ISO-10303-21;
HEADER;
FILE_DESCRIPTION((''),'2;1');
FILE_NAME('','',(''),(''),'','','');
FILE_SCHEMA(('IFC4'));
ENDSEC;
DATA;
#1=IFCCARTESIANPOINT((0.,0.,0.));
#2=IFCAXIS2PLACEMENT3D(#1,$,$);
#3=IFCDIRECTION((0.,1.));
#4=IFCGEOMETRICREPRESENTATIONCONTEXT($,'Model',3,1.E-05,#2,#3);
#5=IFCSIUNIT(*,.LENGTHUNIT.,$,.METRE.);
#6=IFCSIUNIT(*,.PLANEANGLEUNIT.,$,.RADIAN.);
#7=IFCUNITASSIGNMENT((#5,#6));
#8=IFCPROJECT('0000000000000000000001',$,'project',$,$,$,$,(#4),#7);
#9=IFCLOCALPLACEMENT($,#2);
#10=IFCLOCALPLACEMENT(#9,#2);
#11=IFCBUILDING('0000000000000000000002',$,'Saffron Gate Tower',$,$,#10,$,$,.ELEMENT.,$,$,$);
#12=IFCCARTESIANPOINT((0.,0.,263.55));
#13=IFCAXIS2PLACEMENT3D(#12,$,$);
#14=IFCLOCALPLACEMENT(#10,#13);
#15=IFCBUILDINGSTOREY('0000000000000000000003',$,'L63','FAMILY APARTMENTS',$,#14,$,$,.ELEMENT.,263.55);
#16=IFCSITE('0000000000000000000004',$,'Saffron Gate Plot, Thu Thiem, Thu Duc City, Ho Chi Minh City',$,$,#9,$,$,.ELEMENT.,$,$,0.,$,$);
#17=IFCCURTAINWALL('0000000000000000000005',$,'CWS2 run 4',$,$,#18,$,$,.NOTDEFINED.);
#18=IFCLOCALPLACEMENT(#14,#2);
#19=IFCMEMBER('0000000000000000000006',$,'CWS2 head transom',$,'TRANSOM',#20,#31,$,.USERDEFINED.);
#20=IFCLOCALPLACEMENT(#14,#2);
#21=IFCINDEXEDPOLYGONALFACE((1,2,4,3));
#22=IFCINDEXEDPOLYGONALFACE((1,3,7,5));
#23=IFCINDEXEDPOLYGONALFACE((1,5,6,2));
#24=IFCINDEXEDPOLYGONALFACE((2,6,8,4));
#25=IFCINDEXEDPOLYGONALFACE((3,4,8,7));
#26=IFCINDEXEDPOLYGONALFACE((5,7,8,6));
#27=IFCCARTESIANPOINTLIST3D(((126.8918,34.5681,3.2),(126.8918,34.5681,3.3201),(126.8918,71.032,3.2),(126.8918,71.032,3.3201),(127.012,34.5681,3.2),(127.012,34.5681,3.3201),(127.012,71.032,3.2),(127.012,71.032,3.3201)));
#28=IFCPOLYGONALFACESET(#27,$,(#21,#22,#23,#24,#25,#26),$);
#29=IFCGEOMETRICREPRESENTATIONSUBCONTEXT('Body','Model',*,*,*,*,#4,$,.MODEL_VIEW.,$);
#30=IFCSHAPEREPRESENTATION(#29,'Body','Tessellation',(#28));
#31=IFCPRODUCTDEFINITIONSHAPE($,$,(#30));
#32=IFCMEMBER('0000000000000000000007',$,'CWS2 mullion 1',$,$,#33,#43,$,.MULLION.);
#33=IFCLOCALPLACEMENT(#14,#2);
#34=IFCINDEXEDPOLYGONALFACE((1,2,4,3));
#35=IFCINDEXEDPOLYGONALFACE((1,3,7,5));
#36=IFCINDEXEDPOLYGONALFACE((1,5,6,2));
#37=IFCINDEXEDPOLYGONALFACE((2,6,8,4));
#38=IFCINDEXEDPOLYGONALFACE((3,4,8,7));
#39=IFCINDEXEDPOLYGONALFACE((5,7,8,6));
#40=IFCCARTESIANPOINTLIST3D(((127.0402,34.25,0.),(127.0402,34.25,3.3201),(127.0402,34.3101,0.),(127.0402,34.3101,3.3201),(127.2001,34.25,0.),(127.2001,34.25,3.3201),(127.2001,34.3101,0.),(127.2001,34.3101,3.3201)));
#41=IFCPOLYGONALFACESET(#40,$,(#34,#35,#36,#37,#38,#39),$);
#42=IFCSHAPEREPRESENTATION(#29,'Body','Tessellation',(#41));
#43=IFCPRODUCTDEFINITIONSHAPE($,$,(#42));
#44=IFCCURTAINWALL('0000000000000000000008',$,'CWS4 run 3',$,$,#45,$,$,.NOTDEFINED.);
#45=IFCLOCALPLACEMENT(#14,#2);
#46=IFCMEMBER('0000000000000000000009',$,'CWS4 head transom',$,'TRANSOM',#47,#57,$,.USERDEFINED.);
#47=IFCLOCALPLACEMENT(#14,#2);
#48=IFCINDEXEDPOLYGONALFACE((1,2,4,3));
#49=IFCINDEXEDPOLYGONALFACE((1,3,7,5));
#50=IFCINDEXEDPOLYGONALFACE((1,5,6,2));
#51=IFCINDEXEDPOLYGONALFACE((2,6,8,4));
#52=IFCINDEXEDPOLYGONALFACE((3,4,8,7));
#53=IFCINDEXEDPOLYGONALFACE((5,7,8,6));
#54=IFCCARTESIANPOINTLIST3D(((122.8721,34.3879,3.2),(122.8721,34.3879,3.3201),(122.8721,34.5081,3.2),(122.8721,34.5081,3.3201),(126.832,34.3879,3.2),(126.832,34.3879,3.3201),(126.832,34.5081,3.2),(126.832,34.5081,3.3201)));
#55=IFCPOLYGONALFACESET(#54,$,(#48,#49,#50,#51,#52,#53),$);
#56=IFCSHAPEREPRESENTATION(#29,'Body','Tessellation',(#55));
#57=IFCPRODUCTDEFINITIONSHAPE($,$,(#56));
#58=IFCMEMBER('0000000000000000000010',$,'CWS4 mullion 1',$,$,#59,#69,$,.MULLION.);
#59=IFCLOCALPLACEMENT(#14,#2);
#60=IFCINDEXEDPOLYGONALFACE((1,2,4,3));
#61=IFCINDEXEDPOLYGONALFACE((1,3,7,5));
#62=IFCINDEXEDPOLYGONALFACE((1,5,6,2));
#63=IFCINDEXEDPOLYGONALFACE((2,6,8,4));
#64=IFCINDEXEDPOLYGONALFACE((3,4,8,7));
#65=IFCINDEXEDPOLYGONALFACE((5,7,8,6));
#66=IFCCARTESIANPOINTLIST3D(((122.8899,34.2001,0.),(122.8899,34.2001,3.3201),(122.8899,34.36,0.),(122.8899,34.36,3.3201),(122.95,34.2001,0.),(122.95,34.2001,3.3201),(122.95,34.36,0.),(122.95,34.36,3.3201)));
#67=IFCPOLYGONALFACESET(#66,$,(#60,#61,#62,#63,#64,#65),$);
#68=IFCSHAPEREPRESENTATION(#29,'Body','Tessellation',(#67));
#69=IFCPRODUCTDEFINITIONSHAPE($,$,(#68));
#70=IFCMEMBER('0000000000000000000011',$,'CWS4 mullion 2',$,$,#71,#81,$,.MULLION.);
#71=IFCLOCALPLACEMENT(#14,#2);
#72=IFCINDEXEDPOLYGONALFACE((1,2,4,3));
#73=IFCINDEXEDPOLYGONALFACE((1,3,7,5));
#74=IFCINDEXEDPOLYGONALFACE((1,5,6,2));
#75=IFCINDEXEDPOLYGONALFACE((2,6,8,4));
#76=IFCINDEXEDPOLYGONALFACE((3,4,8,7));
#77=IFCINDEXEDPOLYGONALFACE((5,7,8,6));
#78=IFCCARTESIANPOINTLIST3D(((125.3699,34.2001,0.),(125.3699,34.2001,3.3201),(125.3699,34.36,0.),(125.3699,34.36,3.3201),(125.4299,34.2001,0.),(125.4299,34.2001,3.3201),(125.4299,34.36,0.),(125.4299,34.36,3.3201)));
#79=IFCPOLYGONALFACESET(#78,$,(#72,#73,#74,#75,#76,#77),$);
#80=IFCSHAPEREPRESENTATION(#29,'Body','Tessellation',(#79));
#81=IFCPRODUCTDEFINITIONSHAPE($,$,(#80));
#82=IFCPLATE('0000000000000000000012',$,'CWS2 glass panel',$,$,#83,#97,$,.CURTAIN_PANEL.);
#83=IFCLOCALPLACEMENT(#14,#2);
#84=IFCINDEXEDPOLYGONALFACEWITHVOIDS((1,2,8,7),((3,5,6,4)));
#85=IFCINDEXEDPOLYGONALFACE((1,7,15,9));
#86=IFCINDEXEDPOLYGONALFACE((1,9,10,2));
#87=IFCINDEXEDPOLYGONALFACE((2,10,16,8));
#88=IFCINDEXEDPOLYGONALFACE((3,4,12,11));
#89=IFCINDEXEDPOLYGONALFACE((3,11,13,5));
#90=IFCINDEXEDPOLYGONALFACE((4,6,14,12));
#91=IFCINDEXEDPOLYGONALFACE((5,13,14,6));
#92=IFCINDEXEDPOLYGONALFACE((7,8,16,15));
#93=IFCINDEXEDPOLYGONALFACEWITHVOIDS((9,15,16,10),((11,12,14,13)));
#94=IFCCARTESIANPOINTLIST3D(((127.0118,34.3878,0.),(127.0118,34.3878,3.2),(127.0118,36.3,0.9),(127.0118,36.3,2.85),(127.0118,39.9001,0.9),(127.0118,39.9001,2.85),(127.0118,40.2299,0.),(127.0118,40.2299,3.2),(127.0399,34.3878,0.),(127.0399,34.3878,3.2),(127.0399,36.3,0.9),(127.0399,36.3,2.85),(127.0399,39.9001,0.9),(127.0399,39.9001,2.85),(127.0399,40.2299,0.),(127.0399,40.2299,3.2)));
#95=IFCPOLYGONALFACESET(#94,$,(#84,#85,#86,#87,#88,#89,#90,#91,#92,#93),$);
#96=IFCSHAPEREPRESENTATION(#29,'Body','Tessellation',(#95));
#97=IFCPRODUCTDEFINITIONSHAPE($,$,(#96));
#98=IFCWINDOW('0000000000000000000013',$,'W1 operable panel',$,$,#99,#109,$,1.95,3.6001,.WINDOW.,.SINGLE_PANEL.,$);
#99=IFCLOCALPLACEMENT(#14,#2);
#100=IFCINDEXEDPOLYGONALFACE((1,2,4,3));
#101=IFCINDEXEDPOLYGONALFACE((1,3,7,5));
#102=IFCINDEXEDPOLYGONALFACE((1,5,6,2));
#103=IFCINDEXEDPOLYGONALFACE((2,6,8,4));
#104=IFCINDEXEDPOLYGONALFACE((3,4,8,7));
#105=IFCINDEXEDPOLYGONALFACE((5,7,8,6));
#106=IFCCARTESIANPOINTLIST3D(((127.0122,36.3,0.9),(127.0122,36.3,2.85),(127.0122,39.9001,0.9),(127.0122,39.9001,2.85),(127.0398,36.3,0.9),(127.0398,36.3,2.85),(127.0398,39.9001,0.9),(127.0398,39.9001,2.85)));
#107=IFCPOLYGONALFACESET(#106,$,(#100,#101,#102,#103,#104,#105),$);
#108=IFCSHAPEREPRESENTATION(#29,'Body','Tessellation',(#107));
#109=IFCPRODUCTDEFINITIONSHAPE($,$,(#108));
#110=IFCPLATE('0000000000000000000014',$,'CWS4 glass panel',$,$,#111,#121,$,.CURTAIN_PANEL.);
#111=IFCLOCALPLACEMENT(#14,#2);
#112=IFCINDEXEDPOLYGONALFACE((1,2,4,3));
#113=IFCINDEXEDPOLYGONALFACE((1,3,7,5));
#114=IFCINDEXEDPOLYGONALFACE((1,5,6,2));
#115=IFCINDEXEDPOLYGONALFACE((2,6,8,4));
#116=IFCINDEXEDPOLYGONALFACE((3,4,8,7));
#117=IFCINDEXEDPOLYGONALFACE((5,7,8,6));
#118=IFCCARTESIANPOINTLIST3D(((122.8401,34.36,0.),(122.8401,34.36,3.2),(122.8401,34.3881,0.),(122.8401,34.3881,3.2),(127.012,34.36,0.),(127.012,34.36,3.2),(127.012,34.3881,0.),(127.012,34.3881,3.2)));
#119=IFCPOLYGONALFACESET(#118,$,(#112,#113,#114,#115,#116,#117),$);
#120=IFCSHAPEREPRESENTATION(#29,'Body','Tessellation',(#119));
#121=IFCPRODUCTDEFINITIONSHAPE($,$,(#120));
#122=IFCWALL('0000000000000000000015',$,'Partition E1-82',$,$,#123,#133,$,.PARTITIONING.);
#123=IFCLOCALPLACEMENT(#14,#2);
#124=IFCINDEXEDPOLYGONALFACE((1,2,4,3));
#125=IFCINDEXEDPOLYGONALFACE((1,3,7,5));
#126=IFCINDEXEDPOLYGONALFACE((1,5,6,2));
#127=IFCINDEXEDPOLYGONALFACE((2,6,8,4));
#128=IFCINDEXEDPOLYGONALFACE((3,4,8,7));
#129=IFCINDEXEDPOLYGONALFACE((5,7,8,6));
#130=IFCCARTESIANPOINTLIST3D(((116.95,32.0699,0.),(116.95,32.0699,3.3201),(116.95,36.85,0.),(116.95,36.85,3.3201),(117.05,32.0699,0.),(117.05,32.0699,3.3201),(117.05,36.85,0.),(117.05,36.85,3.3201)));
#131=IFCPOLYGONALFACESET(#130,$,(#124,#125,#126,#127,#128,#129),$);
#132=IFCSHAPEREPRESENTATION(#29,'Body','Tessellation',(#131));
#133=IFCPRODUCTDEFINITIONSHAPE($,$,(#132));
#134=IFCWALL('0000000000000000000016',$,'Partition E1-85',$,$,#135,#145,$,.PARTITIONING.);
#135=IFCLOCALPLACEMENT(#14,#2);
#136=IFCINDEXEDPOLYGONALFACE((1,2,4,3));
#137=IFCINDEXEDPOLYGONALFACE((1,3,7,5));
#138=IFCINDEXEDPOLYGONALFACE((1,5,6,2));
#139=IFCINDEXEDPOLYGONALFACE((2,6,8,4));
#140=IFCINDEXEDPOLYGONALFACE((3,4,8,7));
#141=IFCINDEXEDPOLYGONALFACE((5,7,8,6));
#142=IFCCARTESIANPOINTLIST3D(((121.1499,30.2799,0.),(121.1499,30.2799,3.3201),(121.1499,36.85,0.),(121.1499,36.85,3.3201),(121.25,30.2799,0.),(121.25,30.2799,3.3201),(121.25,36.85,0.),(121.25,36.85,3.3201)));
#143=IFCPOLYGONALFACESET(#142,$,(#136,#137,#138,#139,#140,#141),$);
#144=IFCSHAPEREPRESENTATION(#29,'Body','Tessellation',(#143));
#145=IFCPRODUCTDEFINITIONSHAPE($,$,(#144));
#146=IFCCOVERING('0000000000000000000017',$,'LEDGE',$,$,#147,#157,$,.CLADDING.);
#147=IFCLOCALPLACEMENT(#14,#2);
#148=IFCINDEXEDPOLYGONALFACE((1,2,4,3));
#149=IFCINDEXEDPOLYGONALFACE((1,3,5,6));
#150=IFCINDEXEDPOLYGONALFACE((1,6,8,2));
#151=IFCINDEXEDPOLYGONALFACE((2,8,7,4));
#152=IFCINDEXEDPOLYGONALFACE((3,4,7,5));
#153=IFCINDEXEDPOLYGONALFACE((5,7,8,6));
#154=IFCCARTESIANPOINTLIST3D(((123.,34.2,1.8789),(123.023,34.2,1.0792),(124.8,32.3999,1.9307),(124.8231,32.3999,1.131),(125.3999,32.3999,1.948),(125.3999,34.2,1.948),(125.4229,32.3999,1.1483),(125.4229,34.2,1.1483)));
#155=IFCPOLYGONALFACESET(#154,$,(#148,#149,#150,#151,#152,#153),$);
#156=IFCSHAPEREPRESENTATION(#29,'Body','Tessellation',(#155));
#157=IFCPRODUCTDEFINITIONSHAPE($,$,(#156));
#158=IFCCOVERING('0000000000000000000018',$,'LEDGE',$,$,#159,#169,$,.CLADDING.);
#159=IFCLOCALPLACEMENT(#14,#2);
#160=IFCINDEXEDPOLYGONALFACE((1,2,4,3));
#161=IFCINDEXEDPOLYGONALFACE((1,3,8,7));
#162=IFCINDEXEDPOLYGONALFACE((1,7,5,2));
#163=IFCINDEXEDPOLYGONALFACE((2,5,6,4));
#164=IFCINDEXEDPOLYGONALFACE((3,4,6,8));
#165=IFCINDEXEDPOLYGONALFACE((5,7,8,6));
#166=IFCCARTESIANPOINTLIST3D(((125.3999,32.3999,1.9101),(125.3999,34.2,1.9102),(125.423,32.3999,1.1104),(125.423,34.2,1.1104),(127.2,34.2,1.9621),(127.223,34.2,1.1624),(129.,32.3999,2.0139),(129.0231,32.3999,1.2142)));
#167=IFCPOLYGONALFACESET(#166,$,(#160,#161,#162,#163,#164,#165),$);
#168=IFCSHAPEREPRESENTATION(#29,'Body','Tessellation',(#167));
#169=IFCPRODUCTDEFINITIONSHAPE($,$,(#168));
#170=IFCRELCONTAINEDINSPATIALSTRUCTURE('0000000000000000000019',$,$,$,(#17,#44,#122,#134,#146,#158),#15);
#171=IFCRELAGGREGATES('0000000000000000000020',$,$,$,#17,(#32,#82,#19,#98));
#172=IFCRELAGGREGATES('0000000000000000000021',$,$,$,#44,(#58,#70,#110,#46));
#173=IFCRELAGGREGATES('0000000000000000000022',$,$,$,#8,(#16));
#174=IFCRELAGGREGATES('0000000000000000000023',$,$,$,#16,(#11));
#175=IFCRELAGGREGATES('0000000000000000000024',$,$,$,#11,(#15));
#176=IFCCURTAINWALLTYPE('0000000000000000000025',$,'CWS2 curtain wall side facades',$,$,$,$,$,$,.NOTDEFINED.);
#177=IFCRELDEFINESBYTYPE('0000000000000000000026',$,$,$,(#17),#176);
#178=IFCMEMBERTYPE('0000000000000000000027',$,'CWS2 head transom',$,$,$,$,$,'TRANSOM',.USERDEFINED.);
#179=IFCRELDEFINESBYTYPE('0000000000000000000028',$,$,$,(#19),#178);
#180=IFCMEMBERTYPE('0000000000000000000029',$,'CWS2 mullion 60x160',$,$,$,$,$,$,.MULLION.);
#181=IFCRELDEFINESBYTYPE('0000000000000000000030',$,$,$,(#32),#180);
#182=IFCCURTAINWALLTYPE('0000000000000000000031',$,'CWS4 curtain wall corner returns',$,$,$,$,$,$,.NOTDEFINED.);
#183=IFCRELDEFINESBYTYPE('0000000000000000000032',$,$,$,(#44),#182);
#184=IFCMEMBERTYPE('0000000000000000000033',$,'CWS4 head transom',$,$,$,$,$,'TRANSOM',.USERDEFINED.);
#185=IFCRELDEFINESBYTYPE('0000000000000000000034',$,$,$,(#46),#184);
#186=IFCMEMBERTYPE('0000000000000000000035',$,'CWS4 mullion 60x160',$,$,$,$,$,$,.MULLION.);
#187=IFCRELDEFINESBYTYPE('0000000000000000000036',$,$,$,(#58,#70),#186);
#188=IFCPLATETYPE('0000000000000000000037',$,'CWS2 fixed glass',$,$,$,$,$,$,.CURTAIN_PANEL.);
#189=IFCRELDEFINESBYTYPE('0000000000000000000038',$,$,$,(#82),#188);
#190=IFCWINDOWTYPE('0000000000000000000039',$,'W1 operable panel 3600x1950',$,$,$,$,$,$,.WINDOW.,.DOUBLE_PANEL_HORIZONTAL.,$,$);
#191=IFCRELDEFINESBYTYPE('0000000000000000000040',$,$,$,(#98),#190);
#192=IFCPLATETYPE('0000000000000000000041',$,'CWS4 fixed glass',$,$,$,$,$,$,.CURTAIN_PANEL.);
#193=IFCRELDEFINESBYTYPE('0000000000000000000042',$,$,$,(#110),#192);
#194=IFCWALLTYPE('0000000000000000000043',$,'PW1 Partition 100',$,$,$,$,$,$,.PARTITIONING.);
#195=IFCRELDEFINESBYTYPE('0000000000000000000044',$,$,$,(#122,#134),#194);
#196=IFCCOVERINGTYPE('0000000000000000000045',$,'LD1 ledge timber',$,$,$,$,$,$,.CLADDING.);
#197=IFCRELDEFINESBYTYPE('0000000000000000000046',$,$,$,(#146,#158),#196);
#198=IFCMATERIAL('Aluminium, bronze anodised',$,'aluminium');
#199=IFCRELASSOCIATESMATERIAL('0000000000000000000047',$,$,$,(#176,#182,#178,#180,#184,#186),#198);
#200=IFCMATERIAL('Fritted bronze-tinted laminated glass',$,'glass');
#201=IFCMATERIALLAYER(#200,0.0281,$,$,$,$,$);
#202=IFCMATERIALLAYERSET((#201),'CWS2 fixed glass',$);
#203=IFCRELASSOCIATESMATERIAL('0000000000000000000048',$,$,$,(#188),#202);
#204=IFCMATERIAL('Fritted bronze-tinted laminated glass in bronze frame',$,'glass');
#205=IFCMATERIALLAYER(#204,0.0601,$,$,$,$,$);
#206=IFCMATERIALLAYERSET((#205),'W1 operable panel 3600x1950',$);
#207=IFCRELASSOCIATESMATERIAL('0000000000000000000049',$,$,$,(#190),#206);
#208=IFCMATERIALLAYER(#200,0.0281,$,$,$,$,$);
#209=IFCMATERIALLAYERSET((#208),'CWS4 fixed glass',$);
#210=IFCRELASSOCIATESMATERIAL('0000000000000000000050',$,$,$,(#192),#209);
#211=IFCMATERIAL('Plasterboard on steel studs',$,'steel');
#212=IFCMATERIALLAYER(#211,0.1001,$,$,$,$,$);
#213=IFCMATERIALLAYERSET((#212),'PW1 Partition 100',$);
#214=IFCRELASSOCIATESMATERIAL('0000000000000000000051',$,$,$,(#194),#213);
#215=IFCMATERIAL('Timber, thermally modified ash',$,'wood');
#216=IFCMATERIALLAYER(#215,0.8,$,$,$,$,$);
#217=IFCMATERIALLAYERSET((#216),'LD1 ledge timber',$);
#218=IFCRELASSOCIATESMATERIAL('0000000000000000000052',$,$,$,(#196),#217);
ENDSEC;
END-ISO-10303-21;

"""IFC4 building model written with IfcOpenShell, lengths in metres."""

from ifc_helpers import new_model, si_unit, direction, frame, frame_2d, origin, origin_2d, place, context, subcontext, project, spatial, polyline, rectangle, outline, extrude, material, layer, layer_set, material_profile, profile_set, type_object, element, fill, aggregate, save


model = new_model("IFC4")

# Units and contexts
model_context = context("Model", 3, precision=1e-05, world=origin(), true_north=direction((0.0, 1.0)))
body_context = subcontext(model_context, "Body", "Model", "MODEL_VIEW")
ifc_project = project(units=[si_unit("LENGTHUNIT", "METRE"), si_unit("PLANEANGLEUNIT", "RADIAN")], contexts=[model_context])

# Site, building, storey
site_placement = place(None, origin())
site = spatial("IfcSite", under=ifc_project, at=site_placement, Name="Saffron Gate Plot, Thu Thiem, Thu Duc City, Ho Chi Minh City", CompositionType="ELEMENT", RefElevation=0.0)
building_placement = place(site_placement, origin())
building = spatial("IfcBuilding", under=site, at=building_placement, Name="Saffron Gate Tower", CompositionType="ELEMENT")
storey_placement = place(building_placement, frame((0.0, 0.0, 263.55)))
storey = spatial("IfcBuildingStorey", under=building, at=storey_placement, Name="L63", Description="FAMILY APARTMENTS", CompositionType="ELEMENT", Elevation=263.55)

# Curtain walls, members
ifc_material_1 = material(Name="Aluminium, bronze anodised", Category="aluminium")
curtain_wall_type_1 = type_object("IfcCurtainWallType", Name="CWS2 curtain wall side facades", PredefinedType="NOTDEFINED", material=ifc_material_1)
curtain_wall_1_placement = place(storey_placement, origin())
curtain_wall_1 = element("IfcCurtainWall", 1, at=curtain_wall_1_placement, inside=storey, type_object=curtain_wall_type_1, Name="CWS2 run 4", PredefinedType="NOTDEFINED")
ifc_material_profile_1 = material_profile(ifc_material_1, rectangle(XDim=0.1201, YDim=0.1201, at=origin_2d()))
ifc_profile_set_1 = profile_set([ifc_material_profile_1], Name="Aluminium, bronze anodised")
member_type_1 = type_object("IfcMemberType", Name="CWS2 head transom", ElementType="TRANSOM", PredefinedType="USERDEFINED", material=ifc_profile_set_1)
member_1_placement = place(storey_placement, frame((126.9519, 34.5681, 3.26), z_axis=(0.0, 1.0, 0.0), x_axis=(-1.0, 0.0, 0.0)))
member_1 = element("IfcMember", 2, at=member_1_placement, type_object=member_type_1, Name="CWS2 head transom", ObjectType="TRANSOM", PredefinedType="USERDEFINED", context=body_context, shape_type="SweptSolid", body=[
    extrude(rectangle(XDim=0.1201, YDim=0.1201, at=origin_2d()), origin(), (0.0, 0.0, 1.0), 36.4639),
])
ifc_material_profile_2 = material_profile(ifc_material_1, rectangle(XDim=0.1599, YDim=0.0601, at=origin_2d()))
ifc_profile_set_2 = profile_set([ifc_material_profile_2], Name="Aluminium, bronze anodised")
member_type_2 = type_object("IfcMemberType", Name="CWS2 mullion 60x160", PredefinedType="MULLION", material=ifc_profile_set_2)
member_2_placement = place(storey_placement, frame((127.1201, 34.28, 0.0), z_axis=(0.0, 0.0, 1.0), x_axis=(-1.0, 0.0, 0.0)))
member_2 = element("IfcMember", 3, at=member_2_placement, type_object=member_type_2, Name="CWS2 mullion 1", PredefinedType="MULLION", context=body_context, shape_type="SweptSolid", body=[
    extrude(rectangle(XDim=0.1599, YDim=0.0601, at=origin_2d()), origin(), (0.0, 0.0, 1.0), 3.3201),
])
curtain_wall_type_2 = type_object("IfcCurtainWallType", Name="CWS4 curtain wall corner returns", PredefinedType="NOTDEFINED", material=ifc_material_1)
curtain_wall_2_placement = place(storey_placement, origin())
curtain_wall_2 = element("IfcCurtainWall", 4, at=curtain_wall_2_placement, inside=storey, type_object=curtain_wall_type_2, Name="CWS4 run 3", PredefinedType="NOTDEFINED")
ifc_material_profile_3 = material_profile(ifc_material_1, rectangle(XDim=0.1201, YDim=0.1201, at=origin_2d()))
ifc_profile_set_3 = profile_set([ifc_material_profile_3], Name="Aluminium, bronze anodised")
member_type_3 = type_object("IfcMemberType", Name="CWS4 head transom", ElementType="TRANSOM", PredefinedType="USERDEFINED", material=ifc_profile_set_3)
member_3_placement = place(storey_placement, frame((122.8721, 34.448, 3.26), z_axis=(1.0, 0.0, 0.0), x_axis=(0.0, 1.0, 0.0)))
member_3 = element("IfcMember", 5, at=member_3_placement, type_object=member_type_3, Name="CWS4 head transom", ObjectType="TRANSOM", PredefinedType="USERDEFINED", context=body_context, shape_type="SweptSolid", body=[
    extrude(rectangle(XDim=0.1201, YDim=0.1201, at=origin_2d()), origin(), (0.0, 0.0, 1.0), 3.96),
])
ifc_material_profile_4 = material_profile(ifc_material_1, rectangle(XDim=0.1599, YDim=0.0601, at=origin_2d()))
ifc_profile_set_4 = profile_set([ifc_material_profile_4], Name="Aluminium, bronze anodised")
member_type_4 = type_object("IfcMemberType", Name="CWS4 mullion 60x160", PredefinedType="MULLION", material=ifc_profile_set_4)
member_4_placement = place(storey_placement, frame((122.9199, 34.28, 0.0), z_axis=(0.0, 0.0, 1.0), x_axis=(0.0, 1.0, 0.0)))
member_4 = element("IfcMember", 6, at=member_4_placement, type_object=member_type_4, Name="CWS4 mullion 1", PredefinedType="MULLION", context=body_context, shape_type="SweptSolid", body=[
    extrude(rectangle(XDim=0.1599, YDim=0.0601, at=origin_2d()), origin(), (0.0, 0.0, 1.0), 3.3201),
])
member_5_placement = place(storey_placement, frame((125.3999, 34.28, 0.0), z_axis=(0.0, 0.0, 1.0), x_axis=(0.0, 1.0, 0.0)))
member_5 = element("IfcMember", 7, at=member_5_placement, type_object=member_type_4, Name="CWS4 mullion 2", PredefinedType="MULLION", context=body_context, shape_type="SweptSolid", body=[
    extrude(rectangle(XDim=0.1599, YDim=0.0601, at=origin_2d()), origin(), (0.0, 0.0, 1.0), 3.3201),
])

# Plate, opening, window
ifc_material_2 = material(Name="Fritted bronze-tinted laminated glass", Category="glass")
ifc_layer_1 = layer(ifc_material_2, 0.0281)
ifc_layer_set_1 = layer_set([ifc_layer_1], Name="CWS2 fixed glass")
plate_type_1 = type_object("IfcPlateType", Name="CWS2 fixed glass", PredefinedType="CURTAIN_PANEL", material=ifc_layer_set_1)
plate_1_placement = place(storey_placement, frame((127.0259, 34.3879, 0.0), z_axis=(0.0, 0.0, 1.0), x_axis=(0.0, 1.0, 0.0)))
plate_1 = element("IfcPlate", 8, at=plate_1_placement, type_object=plate_type_1, Name="CWS2 glass panel", PredefinedType="CURTAIN_PANEL", context=body_context, shape_type="SweptSolid", body=[
    extrude(rectangle(XDim=5.842, YDim=0.0281, at=frame_2d((2.9209, 0.0))), origin(), (0.0, 0.0, 1.0), 3.2),
])
opening_placement = place(plate_1_placement, frame((1.9121, 0.0, 0.8999)))
opening = element("IfcOpeningElement", 9, at=opening_placement, cuts=plate_1, PredefinedType="OPENING", context=body_context, shape_type="SweptSolid", body=[
    extrude(rectangle(XDim=3.6001, YDim=1.95, at=frame_2d((1.8, 0.9751))), frame((0.0, 0.0239, 0.0), z_axis=(0.0, -1.0, 0.0), x_axis=(1.0, 0.0, 0.0)), (0.0, 0.0, 1.0), 0.0481),
])
ifc_material_3 = material(Name="Fritted bronze-tinted laminated glass in bronze frame", Category="glass")
ifc_layer_2 = layer(ifc_material_3, 0.0601)
ifc_layer_set_2 = layer_set([ifc_layer_2], Name="W1 operable panel 3600x1950")
window_type = type_object("IfcWindowType", Name="W1 operable panel 3600x1950", PartitioningType="DOUBLE_PANEL_HORIZONTAL", PredefinedType="WINDOW", material=ifc_layer_set_2)
window_placement = place(opening_placement, origin())
window = element("IfcWindow", 10, at=window_placement, type_object=window_type, Name="W1 operable panel", OverallHeight=1.95, OverallWidth=3.6001, PartitioningType="SINGLE_PANEL", PredefinedType="WINDOW", context=body_context, shape_type="SweptSolid", body=[
    extrude(rectangle(XDim=3.6001, YDim=1.95, at=frame_2d((1.8, 0.9751))), frame((0.0, 0.0137, 0.0), z_axis=(0.0, -1.0, 0.0), x_axis=(1.0, 0.0, 0.0)), (0.0, 0.0, 1.0), 0.0276),
])
fill(opening, window)
aggregate(curtain_wall_1, [member_2, plate_1, member_1, window])

# Plate
ifc_layer_3 = layer(ifc_material_2, 0.0281)
ifc_layer_set_3 = layer_set([ifc_layer_3], Name="CWS4 fixed glass")
plate_type_2 = type_object("IfcPlateType", Name="CWS4 fixed glass", PredefinedType="CURTAIN_PANEL", material=ifc_layer_set_3)
plate_2_placement = place(storey_placement, frame((122.8401, 34.374, 0.0), z_axis=(0.0, 0.0, 1.0), x_axis=(1.0, 0.0, 0.0)))
plate_2 = element("IfcPlate", 11, at=plate_2_placement, type_object=plate_type_2, Name="CWS4 glass panel", PredefinedType="CURTAIN_PANEL", context=body_context, shape_type="SweptSolid", body=[
    extrude(rectangle(XDim=4.1719, YDim=0.0281, at=frame_2d((2.0859, 0.0))), origin(), (0.0, 0.0, 1.0), 3.2),
])
aggregate(curtain_wall_2, [member_4, member_5, plate_2, member_3])

# Walls
ifc_material_4 = material(Name="Plasterboard on steel studs", Category="steel")
ifc_layer_4 = layer(ifc_material_4, 0.1001)
ifc_layer_set_4 = layer_set([ifc_layer_4], Name="PW1 Partition 100")
wall_type = type_object("IfcWallType", Name="PW1 Partition 100", PredefinedType="PARTITIONING", material=ifc_layer_set_4)
wall_1_placement = place(storey_placement, frame((117.0, 36.8501, 0.0), z_axis=(0.0, 0.0, 1.0), x_axis=(0.0, -1.0, 0.0)))
element("IfcWall", 12, at=wall_1_placement, inside=storey, type_object=wall_type, Name="Partition E1-82", PredefinedType="PARTITIONING", context=body_context, shape_type="SweptSolid", body=[
    extrude(rectangle(XDim=4.78, YDim=0.1001, at=frame_2d((2.3901, 0.0))), origin(), (0.0, 0.0, 1.0), 3.3201),
])
wall_2_placement = place(storey_placement, frame((121.2, 36.8501, 0.0), z_axis=(0.0, 0.0, 1.0), x_axis=(0.0, -1.0, 0.0)))
element("IfcWall", 13, at=wall_2_placement, inside=storey, type_object=wall_type, Name="Partition E1-85", PredefinedType="PARTITIONING", context=body_context, shape_type="SweptSolid", body=[
    extrude(rectangle(XDim=6.5701, YDim=0.1001, at=frame_2d((3.2852, 0.0))), origin(), (0.0, 0.0, 1.0), 3.3201),
])

# Coverings
ifc_material_5 = material(Name="Timber, thermally modified ash", Category="wood")
ifc_layer_5 = layer(ifc_material_5, 0.8)
ifc_layer_set_5 = layer_set([ifc_layer_5], Name="LD1 ledge timber")
covering_type = type_object("IfcCoveringType", Name="LD1 ledge timber", PredefinedType="CLADDING", material=ifc_layer_set_5)
covering_1_placement = place(storey_placement, frame((123.0, 34.2, 1.8789), z_axis=(-0.028799, -0.000029, 0.999585), x_axis=(0.999585, 0.0, 0.028799)))
element("IfcCovering", 14, at=covering_1_placement, inside=storey, type_object=covering_type, Name="LEDGE", PredefinedType="CLADDING", context=body_context, shape_type="SweptSolid", body=[
    extrude(outline(polyline([(0.0, 0.0), (2.4009, 0.0), (2.4009, -1.8), (1.8008, -1.8), (0.0, 0.0)])), origin(), (0.0, 0.0, -1.0), 0.8),
])
covering_2_placement = place(storey_placement, frame((125.3999, 34.2, 1.9102), z_axis=(-0.028832, -0.000045, 0.999584), x_axis=(0.999584, 0.0, 0.028832)))
element("IfcCovering", 15, at=covering_2_placement, inside=storey, type_object=covering_type, Name="LEDGE", PredefinedType="CLADDING", context=body_context, shape_type="SweptSolid", body=[
    extrude(outline(polyline([(0.0, 0.0), (1.8008, 0.0), (3.6016, -1.8), (0.0, -1.8), (0.0, 0.0)])), origin(), (0.0, 0.0, -1.0), 0.8),
])

save(model, "model.ifc")
